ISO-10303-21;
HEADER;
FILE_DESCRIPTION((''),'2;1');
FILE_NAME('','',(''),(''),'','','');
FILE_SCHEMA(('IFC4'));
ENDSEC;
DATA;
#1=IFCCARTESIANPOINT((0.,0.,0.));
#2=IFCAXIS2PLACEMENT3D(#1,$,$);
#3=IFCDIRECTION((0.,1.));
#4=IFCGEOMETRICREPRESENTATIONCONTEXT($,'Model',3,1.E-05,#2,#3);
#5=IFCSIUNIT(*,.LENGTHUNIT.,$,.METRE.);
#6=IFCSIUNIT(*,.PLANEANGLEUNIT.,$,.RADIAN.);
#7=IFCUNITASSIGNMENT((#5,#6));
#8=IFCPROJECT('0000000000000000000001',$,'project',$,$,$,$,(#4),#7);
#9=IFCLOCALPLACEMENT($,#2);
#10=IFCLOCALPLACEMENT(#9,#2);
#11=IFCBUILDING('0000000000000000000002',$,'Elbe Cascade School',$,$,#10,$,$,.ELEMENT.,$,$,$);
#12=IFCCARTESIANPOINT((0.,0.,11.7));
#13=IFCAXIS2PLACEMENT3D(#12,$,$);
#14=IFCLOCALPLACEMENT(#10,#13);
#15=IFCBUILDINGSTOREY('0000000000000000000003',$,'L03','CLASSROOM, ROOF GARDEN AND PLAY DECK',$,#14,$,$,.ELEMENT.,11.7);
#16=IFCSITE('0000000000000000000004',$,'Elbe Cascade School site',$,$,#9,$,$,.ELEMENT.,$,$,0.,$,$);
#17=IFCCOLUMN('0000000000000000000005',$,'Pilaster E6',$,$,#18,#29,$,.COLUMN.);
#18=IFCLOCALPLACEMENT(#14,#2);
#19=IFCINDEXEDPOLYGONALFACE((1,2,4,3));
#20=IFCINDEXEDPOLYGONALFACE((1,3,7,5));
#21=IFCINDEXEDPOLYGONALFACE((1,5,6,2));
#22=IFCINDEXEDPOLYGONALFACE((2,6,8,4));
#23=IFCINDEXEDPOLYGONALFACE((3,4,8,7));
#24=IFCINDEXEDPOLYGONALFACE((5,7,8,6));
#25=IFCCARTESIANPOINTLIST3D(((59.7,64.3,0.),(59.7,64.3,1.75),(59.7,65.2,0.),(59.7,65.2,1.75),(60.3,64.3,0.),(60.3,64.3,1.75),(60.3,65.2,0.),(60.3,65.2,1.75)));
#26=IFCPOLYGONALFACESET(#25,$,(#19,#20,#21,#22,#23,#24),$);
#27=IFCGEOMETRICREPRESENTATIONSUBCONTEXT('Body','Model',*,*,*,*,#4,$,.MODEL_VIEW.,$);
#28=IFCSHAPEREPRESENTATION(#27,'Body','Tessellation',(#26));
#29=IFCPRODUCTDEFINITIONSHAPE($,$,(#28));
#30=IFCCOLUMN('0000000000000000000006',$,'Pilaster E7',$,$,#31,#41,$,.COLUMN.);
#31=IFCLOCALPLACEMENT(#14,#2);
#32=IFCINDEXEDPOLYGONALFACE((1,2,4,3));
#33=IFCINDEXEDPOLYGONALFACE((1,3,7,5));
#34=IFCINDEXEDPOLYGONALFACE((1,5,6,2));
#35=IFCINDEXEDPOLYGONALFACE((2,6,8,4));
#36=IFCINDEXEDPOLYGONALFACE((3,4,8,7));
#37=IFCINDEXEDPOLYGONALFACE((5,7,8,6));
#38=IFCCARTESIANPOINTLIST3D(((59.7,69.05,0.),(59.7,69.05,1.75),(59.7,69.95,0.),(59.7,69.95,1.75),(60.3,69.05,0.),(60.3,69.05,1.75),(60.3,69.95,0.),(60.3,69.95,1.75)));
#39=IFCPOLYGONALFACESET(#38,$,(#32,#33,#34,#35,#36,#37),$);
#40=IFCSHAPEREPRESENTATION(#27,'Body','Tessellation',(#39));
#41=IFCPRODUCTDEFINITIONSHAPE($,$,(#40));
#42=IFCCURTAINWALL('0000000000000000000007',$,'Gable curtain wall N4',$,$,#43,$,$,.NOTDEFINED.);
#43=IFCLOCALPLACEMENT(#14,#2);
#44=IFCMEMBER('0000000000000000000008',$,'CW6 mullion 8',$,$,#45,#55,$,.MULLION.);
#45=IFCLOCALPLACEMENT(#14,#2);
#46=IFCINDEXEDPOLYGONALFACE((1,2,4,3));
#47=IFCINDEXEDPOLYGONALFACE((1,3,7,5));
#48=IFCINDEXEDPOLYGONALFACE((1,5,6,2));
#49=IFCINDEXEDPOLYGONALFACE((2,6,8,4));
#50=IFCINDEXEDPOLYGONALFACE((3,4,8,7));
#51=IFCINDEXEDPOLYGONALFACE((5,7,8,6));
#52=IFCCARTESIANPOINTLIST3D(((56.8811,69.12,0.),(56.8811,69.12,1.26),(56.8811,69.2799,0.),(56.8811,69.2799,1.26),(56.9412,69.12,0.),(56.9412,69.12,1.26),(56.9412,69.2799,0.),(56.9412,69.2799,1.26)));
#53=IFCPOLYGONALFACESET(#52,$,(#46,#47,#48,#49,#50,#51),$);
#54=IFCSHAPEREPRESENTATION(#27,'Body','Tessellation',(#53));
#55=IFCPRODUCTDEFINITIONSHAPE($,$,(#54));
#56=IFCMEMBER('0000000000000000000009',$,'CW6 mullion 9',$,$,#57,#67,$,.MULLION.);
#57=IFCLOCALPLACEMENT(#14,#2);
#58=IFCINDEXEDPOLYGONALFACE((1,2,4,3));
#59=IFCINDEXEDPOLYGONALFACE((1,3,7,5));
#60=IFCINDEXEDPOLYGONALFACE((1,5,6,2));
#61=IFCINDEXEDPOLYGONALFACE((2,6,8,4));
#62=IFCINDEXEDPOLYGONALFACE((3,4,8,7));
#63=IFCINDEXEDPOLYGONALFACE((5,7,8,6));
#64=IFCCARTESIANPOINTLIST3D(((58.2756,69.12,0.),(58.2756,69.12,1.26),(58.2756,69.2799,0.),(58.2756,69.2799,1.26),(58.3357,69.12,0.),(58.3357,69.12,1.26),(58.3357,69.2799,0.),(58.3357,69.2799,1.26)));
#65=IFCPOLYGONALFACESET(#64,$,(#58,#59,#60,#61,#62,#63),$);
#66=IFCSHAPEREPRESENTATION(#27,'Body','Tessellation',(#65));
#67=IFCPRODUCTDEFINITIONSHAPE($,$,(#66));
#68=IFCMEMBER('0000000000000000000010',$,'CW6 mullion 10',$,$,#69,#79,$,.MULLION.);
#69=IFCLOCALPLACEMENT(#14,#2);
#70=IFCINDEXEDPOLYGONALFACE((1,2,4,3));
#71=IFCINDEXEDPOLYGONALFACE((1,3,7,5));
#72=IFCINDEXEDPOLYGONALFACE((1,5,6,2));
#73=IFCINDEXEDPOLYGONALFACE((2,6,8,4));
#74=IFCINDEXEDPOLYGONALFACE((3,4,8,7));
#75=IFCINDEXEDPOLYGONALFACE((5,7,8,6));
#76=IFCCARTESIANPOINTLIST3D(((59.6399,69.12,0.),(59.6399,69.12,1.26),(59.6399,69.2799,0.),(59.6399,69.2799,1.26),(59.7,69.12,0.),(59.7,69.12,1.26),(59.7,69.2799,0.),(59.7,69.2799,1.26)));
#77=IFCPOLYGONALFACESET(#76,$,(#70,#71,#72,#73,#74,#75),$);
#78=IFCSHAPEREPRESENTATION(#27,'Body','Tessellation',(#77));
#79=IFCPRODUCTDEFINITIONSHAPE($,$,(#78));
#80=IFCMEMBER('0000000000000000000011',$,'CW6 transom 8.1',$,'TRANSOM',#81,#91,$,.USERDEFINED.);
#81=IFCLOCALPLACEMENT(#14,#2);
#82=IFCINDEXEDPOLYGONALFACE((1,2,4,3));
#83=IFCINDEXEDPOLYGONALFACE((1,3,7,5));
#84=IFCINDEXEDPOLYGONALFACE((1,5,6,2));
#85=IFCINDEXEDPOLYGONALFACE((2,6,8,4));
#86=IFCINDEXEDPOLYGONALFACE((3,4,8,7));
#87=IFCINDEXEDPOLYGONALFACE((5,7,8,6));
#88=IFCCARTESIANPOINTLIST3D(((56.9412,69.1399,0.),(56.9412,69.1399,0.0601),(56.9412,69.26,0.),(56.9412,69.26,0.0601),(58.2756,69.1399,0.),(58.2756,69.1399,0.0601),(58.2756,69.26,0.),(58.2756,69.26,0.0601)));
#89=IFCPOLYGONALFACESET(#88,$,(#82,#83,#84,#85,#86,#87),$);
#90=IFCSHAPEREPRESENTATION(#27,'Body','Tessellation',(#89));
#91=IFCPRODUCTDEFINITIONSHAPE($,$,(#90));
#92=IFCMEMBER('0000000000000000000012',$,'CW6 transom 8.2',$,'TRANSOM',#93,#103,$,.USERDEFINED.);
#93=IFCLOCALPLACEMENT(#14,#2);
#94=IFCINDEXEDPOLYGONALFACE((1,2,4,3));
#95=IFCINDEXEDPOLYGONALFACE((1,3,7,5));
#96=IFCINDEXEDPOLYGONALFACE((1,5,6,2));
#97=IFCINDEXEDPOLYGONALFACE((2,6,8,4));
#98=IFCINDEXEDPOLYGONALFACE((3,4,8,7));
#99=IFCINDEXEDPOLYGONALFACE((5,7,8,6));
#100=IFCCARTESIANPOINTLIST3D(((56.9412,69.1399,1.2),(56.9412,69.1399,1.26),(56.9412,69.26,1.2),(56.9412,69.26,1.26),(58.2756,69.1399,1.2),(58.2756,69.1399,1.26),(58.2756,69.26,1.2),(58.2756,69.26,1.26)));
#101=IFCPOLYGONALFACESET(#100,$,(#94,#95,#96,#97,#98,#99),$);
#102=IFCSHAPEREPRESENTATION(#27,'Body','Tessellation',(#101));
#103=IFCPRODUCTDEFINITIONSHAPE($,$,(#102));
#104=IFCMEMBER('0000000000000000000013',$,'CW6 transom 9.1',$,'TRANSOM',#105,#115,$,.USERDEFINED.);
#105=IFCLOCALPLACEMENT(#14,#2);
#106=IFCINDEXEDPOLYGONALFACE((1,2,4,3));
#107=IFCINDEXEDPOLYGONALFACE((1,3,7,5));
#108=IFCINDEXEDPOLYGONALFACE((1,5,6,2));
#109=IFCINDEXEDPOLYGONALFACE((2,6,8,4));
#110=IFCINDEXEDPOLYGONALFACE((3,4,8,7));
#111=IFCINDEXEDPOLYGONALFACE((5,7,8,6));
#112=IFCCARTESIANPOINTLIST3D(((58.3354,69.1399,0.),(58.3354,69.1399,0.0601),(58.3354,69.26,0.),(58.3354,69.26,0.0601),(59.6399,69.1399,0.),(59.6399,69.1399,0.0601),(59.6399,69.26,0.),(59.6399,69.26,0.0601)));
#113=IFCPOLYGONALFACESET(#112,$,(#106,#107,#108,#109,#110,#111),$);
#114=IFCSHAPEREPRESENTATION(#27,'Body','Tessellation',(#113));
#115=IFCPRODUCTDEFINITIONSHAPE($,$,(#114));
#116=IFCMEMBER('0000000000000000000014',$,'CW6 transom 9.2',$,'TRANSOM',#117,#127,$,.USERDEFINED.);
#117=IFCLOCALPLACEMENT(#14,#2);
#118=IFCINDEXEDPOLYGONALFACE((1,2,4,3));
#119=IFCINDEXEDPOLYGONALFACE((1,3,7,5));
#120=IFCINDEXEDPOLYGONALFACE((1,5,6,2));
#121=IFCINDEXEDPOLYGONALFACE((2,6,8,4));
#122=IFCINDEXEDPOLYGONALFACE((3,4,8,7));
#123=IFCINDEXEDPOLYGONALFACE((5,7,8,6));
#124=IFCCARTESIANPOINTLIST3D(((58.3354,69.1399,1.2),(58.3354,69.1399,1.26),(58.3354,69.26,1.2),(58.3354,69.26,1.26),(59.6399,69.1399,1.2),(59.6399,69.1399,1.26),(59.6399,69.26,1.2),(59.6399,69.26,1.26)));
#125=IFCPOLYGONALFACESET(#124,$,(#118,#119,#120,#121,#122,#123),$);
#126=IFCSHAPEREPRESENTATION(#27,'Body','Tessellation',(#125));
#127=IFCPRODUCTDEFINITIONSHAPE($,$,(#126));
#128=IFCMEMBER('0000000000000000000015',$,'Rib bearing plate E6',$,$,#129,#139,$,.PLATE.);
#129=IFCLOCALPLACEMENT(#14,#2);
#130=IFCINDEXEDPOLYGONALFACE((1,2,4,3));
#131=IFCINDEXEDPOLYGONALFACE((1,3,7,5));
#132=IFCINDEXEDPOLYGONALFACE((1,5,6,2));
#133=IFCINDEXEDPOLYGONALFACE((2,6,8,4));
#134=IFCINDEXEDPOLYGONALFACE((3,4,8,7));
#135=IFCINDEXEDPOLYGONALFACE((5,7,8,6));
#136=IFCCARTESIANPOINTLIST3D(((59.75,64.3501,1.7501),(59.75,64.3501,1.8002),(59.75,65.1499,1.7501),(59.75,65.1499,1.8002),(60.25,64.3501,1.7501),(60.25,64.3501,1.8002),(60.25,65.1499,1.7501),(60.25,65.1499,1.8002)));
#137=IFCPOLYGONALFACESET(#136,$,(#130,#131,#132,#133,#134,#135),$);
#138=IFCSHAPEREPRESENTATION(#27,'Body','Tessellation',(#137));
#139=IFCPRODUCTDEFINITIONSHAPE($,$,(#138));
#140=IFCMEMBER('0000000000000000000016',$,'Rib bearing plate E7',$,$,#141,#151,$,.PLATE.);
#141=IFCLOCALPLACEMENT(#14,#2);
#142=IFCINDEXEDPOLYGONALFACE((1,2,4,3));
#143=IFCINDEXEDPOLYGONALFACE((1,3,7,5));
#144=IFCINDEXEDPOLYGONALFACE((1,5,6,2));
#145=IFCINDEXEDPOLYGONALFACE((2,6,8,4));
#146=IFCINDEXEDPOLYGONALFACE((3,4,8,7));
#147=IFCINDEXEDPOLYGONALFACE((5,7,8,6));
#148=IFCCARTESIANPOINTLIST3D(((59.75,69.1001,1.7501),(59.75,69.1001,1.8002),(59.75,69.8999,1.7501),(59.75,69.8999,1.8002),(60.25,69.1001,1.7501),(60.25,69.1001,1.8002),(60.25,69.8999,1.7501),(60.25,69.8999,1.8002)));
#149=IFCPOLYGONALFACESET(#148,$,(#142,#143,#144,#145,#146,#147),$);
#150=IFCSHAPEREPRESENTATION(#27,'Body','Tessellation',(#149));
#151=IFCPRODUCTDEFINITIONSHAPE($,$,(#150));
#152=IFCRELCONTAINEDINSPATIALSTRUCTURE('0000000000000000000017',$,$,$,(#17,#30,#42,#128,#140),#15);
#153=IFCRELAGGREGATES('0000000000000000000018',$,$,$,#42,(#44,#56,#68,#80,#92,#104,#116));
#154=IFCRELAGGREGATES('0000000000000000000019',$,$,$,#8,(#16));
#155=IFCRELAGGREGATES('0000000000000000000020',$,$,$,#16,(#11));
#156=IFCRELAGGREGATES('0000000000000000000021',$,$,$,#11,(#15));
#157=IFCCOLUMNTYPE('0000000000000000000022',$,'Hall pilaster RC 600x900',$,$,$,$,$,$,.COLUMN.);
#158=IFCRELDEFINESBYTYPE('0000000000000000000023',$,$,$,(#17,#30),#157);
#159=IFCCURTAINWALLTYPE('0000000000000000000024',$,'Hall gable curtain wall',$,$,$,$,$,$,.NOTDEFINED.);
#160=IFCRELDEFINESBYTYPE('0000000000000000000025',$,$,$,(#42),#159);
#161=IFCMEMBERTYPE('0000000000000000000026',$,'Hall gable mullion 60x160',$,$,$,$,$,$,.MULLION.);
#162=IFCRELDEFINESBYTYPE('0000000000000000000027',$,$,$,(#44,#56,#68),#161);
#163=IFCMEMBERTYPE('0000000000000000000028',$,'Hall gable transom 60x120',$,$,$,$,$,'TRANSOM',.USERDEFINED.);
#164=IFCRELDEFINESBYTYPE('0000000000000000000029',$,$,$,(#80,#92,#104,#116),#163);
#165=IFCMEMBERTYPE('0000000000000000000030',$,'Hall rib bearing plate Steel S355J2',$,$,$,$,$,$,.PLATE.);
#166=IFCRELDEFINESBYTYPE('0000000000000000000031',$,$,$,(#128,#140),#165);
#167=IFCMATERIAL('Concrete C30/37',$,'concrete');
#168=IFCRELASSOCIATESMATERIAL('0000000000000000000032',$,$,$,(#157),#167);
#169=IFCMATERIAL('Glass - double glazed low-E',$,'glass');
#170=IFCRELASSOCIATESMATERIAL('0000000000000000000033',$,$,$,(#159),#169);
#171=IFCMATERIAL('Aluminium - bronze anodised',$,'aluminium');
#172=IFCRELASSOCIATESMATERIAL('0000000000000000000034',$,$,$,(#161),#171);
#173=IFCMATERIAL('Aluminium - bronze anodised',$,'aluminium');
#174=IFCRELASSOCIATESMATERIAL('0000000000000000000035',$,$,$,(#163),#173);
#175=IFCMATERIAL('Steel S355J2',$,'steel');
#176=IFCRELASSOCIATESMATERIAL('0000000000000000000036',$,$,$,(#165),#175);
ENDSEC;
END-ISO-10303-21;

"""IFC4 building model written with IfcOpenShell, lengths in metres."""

from ifc_helpers import new_model, si_unit, direction, frame, origin, origin_2d, place, context, subcontext, project, spatial, rectangle, extrude, material, material_profile, profile_set, type_object, element, aggregate, save


model = new_model("IFC4")

# Units and contexts
model_context = context("Model", 3, precision=1e-05, world=origin(), true_north=direction((0.0, 1.0)))
body_context = subcontext(model_context, "Body", "Model", "MODEL_VIEW")
ifc_project = project(units=[si_unit("LENGTHUNIT", "METRE"), si_unit("PLANEANGLEUNIT", "RADIAN")], contexts=[model_context])

# Site, building, storey
site_placement = place(None, origin())
site = spatial("IfcSite", under=ifc_project, at=site_placement, Name="Elbe Cascade School site", CompositionType="ELEMENT", RefElevation=0.0)
building_placement = place(site_placement, origin())
building = spatial("IfcBuilding", under=site, at=building_placement, Name="Elbe Cascade School", CompositionType="ELEMENT")
storey_placement = place(building_placement, frame((0.0, 0.0, 11.7)))
storey = spatial("IfcBuildingStorey", under=building, at=storey_placement, Name="L03", Description="CLASSROOM, ROOF GARDEN AND PLAY DECK", CompositionType="ELEMENT", Elevation=11.7)

# Columns
ifc_material_1 = material(Name="Concrete C30/37", Category="concrete")
ifc_material_profile_1 = material_profile(ifc_material_1, rectangle(XDim=0.6001, YDim=0.8999, at=origin_2d()), Name="RC 600x900")
ifc_profile_set_1 = profile_set([ifc_material_profile_1], Name="Concrete C30/37")
column_type = type_object("IfcColumnType", Name="Hall pilaster RC 600x900", PredefinedType="COLUMN", material=ifc_profile_set_1)
for number, where, z_axis, x_axis, name in (
    (1, (60.0, 64.75, 0.0), (0.0, 0.0, 1.0), (1.0, 0.0, 0.0), "Pilaster E6"),
    (2, (60.0, 69.5, 0.0), (0.0, 0.0, 1.0), (1.0, 0.0, 0.0), "Pilaster E7"),
):
    element("IfcColumn", number, at=place(storey_placement, frame(where, z_axis=z_axis, x_axis=x_axis)), inside=storey, type_object=column_type, Name=name, PredefinedType="COLUMN", context=body_context, shape_type="SweptSolid", body=[
        extrude(rectangle(XDim=0.6001, YDim=0.8999, at=origin_2d()), origin(), (0.0, 0.0, 1.0), 1.75),
    ])

# Curtain wall, members
ifc_material_2 = material(Name="Glass - double glazed low-E", Category="glass")
curtain_wall_type = type_object("IfcCurtainWallType", Name="Hall gable curtain wall", PredefinedType="NOTDEFINED", material=ifc_material_2)
curtain_wall_placement = place(storey_placement, origin())
curtain_wall = element("IfcCurtainWall", 3, at=curtain_wall_placement, inside=storey, type_object=curtain_wall_type, Name="Gable curtain wall N4", PredefinedType="NOTDEFINED")
ifc_material_3 = material(Name="Aluminium - bronze anodised", Category="aluminium")
ifc_material_profile_2 = material_profile(ifc_material_3, rectangle(XDim=0.1599, YDim=0.0601, at=origin_2d()), Name="Alu 60x160")
ifc_profile_set_2 = profile_set([ifc_material_profile_2], Name="Aluminium - bronze anodised")
member_type_1 = type_object("IfcMemberType", Name="Hall gable mullion 60x160", PredefinedType="MULLION", material=ifc_profile_set_2)
member_1_placement = place(storey_placement, frame((56.9111, 69.2, 0.0), z_axis=(0.0, 0.0, 1.0), x_axis=(0.0, 1.0, 0.0)))
member_1 = element("IfcMember", 4, at=member_1_placement, type_object=member_type_1, Name="CW6 mullion 8", PredefinedType="MULLION", context=body_context, shape_type="SweptSolid", body=[
    extrude(rectangle(XDim=0.1599, YDim=0.0601, at=origin_2d()), origin(), (0.0, 0.0, 1.0), 1.26),
])
member_2_placement = place(storey_placement, frame((58.3057, 69.2, 0.0), z_axis=(0.0, 0.0, 1.0), x_axis=(0.0, 1.0, 0.0)))
member_2 = element("IfcMember", 5, at=member_2_placement, type_object=member_type_1, Name="CW6 mullion 9", PredefinedType="MULLION", context=body_context, shape_type="SweptSolid", body=[
    extrude(rectangle(XDim=0.1599, YDim=0.0601, at=origin_2d()), origin(), (0.0, 0.0, 1.0), 1.26),
])
member_3_placement = place(storey_placement, frame((59.6699, 69.2, 0.0), z_axis=(0.0, 0.0, 1.0), x_axis=(0.0, 1.0, 0.0)))
member_3 = element("IfcMember", 6, at=member_3_placement, type_object=member_type_1, Name="CW6 mullion 10", PredefinedType="MULLION", context=body_context, shape_type="SweptSolid", body=[
    extrude(rectangle(XDim=0.1599, YDim=0.0601, at=origin_2d()), origin(), (0.0, 0.0, 1.0), 1.26),
])
ifc_material_4 = material(Name="Aluminium - bronze anodised", Category="aluminium")
ifc_material_profile_3 = material_profile(ifc_material_4, rectangle(XDim=0.1201, YDim=0.0601, at=origin_2d()), Name="Alu 60x120")
ifc_profile_set_3 = profile_set([ifc_material_profile_3], Name="Aluminium - bronze anodised")
member_type_2 = type_object("IfcMemberType", Name="Hall gable transom 60x120", ElementType="TRANSOM", PredefinedType="USERDEFINED", material=ifc_profile_set_3)
member_4_placement = place(storey_placement, frame((56.9412, 69.2, 0.03), z_axis=(1.0, 0.0, 0.0), x_axis=(0.0, 1.0, 0.0)))
member_4 = element("IfcMember", 7, at=member_4_placement, type_object=member_type_2, Name="CW6 transom 8.1", ObjectType="TRANSOM", PredefinedType="USERDEFINED", context=body_context, shape_type="SweptSolid", body=[
    extrude(rectangle(XDim=0.1201, YDim=0.0601, at=origin_2d()), origin(), (0.0, 0.0, 1.0), 1.3345),
])
member_5_placement = place(storey_placement, frame((56.9412, 69.2, 1.23), z_axis=(1.0, 0.0, 0.0), x_axis=(0.0, 1.0, 0.0)))
member_5 = element("IfcMember", 8, at=member_5_placement, type_object=member_type_2, Name="CW6 transom 8.2", ObjectType="TRANSOM", PredefinedType="USERDEFINED", context=body_context, shape_type="SweptSolid", body=[
    extrude(rectangle(XDim=0.1201, YDim=0.0601, at=origin_2d()), origin(), (0.0, 0.0, 1.0), 1.3345),
])
member_6_placement = place(storey_placement, frame((58.3354, 69.2, 0.03), z_axis=(1.0, 0.0, 0.0), x_axis=(0.0, 1.0, 0.0)))
member_6 = element("IfcMember", 9, at=member_6_placement, type_object=member_type_2, Name="CW6 transom 9.1", ObjectType="TRANSOM", PredefinedType="USERDEFINED", context=body_context, shape_type="SweptSolid", body=[
    extrude(rectangle(XDim=0.1201, YDim=0.0601, at=origin_2d()), origin(), (0.0, 0.0, 1.0), 1.3044),
])
member_7_placement = place(storey_placement, frame((58.3354, 69.2, 1.23), z_axis=(1.0, 0.0, 0.0), x_axis=(0.0, 1.0, 0.0)))
member_7 = element("IfcMember", 10, at=member_7_placement, type_object=member_type_2, Name="CW6 transom 9.2", ObjectType="TRANSOM", PredefinedType="USERDEFINED", context=body_context, shape_type="SweptSolid", body=[
    extrude(rectangle(XDim=0.1201, YDim=0.0601, at=origin_2d()), origin(), (0.0, 0.0, 1.0), 1.3044),
])

# Members
ifc_material_5 = material(Name="Steel S355J2", Category="steel")
ifc_material_profile_4 = material_profile(ifc_material_5, rectangle(XDim=0.5, YDim=0.05, at=origin_2d()), Name="PL 500x50")
ifc_profile_set_4 = profile_set([ifc_material_profile_4], Name="Steel S355J2")
member_type_3 = type_object("IfcMemberType", Name="Hall rib bearing plate Steel S355J2", PredefinedType="PLATE", material=ifc_profile_set_4)
for number, where, z_axis, x_axis, name in (
    (11, (60.0, 64.3501, 1.7751), (0.0, 1.0, 0.0), (-1.0, 0.0, 0.0), "Rib bearing plate E6"),
    (12, (60.0, 69.1001, 1.7751), (0.0, 1.0, 0.0), (-1.0, 0.0, 0.0), "Rib bearing plate E7"),
):
    element("IfcMember", number, at=place(storey_placement, frame(where, z_axis=z_axis, x_axis=x_axis)), inside=storey, type_object=member_type_3, Name=name, PredefinedType="PLATE", context=body_context, shape_type="SweptSolid", body=[
        extrude(rectangle(XDim=0.5, YDim=0.05, at=origin_2d()), origin(), (0.0, 0.0, 1.0), 0.7998),
    ])

aggregate(curtain_wall, [member_1, member_2, member_3, member_4, member_5, member_6, member_7])

save(model, "model.ifc")
